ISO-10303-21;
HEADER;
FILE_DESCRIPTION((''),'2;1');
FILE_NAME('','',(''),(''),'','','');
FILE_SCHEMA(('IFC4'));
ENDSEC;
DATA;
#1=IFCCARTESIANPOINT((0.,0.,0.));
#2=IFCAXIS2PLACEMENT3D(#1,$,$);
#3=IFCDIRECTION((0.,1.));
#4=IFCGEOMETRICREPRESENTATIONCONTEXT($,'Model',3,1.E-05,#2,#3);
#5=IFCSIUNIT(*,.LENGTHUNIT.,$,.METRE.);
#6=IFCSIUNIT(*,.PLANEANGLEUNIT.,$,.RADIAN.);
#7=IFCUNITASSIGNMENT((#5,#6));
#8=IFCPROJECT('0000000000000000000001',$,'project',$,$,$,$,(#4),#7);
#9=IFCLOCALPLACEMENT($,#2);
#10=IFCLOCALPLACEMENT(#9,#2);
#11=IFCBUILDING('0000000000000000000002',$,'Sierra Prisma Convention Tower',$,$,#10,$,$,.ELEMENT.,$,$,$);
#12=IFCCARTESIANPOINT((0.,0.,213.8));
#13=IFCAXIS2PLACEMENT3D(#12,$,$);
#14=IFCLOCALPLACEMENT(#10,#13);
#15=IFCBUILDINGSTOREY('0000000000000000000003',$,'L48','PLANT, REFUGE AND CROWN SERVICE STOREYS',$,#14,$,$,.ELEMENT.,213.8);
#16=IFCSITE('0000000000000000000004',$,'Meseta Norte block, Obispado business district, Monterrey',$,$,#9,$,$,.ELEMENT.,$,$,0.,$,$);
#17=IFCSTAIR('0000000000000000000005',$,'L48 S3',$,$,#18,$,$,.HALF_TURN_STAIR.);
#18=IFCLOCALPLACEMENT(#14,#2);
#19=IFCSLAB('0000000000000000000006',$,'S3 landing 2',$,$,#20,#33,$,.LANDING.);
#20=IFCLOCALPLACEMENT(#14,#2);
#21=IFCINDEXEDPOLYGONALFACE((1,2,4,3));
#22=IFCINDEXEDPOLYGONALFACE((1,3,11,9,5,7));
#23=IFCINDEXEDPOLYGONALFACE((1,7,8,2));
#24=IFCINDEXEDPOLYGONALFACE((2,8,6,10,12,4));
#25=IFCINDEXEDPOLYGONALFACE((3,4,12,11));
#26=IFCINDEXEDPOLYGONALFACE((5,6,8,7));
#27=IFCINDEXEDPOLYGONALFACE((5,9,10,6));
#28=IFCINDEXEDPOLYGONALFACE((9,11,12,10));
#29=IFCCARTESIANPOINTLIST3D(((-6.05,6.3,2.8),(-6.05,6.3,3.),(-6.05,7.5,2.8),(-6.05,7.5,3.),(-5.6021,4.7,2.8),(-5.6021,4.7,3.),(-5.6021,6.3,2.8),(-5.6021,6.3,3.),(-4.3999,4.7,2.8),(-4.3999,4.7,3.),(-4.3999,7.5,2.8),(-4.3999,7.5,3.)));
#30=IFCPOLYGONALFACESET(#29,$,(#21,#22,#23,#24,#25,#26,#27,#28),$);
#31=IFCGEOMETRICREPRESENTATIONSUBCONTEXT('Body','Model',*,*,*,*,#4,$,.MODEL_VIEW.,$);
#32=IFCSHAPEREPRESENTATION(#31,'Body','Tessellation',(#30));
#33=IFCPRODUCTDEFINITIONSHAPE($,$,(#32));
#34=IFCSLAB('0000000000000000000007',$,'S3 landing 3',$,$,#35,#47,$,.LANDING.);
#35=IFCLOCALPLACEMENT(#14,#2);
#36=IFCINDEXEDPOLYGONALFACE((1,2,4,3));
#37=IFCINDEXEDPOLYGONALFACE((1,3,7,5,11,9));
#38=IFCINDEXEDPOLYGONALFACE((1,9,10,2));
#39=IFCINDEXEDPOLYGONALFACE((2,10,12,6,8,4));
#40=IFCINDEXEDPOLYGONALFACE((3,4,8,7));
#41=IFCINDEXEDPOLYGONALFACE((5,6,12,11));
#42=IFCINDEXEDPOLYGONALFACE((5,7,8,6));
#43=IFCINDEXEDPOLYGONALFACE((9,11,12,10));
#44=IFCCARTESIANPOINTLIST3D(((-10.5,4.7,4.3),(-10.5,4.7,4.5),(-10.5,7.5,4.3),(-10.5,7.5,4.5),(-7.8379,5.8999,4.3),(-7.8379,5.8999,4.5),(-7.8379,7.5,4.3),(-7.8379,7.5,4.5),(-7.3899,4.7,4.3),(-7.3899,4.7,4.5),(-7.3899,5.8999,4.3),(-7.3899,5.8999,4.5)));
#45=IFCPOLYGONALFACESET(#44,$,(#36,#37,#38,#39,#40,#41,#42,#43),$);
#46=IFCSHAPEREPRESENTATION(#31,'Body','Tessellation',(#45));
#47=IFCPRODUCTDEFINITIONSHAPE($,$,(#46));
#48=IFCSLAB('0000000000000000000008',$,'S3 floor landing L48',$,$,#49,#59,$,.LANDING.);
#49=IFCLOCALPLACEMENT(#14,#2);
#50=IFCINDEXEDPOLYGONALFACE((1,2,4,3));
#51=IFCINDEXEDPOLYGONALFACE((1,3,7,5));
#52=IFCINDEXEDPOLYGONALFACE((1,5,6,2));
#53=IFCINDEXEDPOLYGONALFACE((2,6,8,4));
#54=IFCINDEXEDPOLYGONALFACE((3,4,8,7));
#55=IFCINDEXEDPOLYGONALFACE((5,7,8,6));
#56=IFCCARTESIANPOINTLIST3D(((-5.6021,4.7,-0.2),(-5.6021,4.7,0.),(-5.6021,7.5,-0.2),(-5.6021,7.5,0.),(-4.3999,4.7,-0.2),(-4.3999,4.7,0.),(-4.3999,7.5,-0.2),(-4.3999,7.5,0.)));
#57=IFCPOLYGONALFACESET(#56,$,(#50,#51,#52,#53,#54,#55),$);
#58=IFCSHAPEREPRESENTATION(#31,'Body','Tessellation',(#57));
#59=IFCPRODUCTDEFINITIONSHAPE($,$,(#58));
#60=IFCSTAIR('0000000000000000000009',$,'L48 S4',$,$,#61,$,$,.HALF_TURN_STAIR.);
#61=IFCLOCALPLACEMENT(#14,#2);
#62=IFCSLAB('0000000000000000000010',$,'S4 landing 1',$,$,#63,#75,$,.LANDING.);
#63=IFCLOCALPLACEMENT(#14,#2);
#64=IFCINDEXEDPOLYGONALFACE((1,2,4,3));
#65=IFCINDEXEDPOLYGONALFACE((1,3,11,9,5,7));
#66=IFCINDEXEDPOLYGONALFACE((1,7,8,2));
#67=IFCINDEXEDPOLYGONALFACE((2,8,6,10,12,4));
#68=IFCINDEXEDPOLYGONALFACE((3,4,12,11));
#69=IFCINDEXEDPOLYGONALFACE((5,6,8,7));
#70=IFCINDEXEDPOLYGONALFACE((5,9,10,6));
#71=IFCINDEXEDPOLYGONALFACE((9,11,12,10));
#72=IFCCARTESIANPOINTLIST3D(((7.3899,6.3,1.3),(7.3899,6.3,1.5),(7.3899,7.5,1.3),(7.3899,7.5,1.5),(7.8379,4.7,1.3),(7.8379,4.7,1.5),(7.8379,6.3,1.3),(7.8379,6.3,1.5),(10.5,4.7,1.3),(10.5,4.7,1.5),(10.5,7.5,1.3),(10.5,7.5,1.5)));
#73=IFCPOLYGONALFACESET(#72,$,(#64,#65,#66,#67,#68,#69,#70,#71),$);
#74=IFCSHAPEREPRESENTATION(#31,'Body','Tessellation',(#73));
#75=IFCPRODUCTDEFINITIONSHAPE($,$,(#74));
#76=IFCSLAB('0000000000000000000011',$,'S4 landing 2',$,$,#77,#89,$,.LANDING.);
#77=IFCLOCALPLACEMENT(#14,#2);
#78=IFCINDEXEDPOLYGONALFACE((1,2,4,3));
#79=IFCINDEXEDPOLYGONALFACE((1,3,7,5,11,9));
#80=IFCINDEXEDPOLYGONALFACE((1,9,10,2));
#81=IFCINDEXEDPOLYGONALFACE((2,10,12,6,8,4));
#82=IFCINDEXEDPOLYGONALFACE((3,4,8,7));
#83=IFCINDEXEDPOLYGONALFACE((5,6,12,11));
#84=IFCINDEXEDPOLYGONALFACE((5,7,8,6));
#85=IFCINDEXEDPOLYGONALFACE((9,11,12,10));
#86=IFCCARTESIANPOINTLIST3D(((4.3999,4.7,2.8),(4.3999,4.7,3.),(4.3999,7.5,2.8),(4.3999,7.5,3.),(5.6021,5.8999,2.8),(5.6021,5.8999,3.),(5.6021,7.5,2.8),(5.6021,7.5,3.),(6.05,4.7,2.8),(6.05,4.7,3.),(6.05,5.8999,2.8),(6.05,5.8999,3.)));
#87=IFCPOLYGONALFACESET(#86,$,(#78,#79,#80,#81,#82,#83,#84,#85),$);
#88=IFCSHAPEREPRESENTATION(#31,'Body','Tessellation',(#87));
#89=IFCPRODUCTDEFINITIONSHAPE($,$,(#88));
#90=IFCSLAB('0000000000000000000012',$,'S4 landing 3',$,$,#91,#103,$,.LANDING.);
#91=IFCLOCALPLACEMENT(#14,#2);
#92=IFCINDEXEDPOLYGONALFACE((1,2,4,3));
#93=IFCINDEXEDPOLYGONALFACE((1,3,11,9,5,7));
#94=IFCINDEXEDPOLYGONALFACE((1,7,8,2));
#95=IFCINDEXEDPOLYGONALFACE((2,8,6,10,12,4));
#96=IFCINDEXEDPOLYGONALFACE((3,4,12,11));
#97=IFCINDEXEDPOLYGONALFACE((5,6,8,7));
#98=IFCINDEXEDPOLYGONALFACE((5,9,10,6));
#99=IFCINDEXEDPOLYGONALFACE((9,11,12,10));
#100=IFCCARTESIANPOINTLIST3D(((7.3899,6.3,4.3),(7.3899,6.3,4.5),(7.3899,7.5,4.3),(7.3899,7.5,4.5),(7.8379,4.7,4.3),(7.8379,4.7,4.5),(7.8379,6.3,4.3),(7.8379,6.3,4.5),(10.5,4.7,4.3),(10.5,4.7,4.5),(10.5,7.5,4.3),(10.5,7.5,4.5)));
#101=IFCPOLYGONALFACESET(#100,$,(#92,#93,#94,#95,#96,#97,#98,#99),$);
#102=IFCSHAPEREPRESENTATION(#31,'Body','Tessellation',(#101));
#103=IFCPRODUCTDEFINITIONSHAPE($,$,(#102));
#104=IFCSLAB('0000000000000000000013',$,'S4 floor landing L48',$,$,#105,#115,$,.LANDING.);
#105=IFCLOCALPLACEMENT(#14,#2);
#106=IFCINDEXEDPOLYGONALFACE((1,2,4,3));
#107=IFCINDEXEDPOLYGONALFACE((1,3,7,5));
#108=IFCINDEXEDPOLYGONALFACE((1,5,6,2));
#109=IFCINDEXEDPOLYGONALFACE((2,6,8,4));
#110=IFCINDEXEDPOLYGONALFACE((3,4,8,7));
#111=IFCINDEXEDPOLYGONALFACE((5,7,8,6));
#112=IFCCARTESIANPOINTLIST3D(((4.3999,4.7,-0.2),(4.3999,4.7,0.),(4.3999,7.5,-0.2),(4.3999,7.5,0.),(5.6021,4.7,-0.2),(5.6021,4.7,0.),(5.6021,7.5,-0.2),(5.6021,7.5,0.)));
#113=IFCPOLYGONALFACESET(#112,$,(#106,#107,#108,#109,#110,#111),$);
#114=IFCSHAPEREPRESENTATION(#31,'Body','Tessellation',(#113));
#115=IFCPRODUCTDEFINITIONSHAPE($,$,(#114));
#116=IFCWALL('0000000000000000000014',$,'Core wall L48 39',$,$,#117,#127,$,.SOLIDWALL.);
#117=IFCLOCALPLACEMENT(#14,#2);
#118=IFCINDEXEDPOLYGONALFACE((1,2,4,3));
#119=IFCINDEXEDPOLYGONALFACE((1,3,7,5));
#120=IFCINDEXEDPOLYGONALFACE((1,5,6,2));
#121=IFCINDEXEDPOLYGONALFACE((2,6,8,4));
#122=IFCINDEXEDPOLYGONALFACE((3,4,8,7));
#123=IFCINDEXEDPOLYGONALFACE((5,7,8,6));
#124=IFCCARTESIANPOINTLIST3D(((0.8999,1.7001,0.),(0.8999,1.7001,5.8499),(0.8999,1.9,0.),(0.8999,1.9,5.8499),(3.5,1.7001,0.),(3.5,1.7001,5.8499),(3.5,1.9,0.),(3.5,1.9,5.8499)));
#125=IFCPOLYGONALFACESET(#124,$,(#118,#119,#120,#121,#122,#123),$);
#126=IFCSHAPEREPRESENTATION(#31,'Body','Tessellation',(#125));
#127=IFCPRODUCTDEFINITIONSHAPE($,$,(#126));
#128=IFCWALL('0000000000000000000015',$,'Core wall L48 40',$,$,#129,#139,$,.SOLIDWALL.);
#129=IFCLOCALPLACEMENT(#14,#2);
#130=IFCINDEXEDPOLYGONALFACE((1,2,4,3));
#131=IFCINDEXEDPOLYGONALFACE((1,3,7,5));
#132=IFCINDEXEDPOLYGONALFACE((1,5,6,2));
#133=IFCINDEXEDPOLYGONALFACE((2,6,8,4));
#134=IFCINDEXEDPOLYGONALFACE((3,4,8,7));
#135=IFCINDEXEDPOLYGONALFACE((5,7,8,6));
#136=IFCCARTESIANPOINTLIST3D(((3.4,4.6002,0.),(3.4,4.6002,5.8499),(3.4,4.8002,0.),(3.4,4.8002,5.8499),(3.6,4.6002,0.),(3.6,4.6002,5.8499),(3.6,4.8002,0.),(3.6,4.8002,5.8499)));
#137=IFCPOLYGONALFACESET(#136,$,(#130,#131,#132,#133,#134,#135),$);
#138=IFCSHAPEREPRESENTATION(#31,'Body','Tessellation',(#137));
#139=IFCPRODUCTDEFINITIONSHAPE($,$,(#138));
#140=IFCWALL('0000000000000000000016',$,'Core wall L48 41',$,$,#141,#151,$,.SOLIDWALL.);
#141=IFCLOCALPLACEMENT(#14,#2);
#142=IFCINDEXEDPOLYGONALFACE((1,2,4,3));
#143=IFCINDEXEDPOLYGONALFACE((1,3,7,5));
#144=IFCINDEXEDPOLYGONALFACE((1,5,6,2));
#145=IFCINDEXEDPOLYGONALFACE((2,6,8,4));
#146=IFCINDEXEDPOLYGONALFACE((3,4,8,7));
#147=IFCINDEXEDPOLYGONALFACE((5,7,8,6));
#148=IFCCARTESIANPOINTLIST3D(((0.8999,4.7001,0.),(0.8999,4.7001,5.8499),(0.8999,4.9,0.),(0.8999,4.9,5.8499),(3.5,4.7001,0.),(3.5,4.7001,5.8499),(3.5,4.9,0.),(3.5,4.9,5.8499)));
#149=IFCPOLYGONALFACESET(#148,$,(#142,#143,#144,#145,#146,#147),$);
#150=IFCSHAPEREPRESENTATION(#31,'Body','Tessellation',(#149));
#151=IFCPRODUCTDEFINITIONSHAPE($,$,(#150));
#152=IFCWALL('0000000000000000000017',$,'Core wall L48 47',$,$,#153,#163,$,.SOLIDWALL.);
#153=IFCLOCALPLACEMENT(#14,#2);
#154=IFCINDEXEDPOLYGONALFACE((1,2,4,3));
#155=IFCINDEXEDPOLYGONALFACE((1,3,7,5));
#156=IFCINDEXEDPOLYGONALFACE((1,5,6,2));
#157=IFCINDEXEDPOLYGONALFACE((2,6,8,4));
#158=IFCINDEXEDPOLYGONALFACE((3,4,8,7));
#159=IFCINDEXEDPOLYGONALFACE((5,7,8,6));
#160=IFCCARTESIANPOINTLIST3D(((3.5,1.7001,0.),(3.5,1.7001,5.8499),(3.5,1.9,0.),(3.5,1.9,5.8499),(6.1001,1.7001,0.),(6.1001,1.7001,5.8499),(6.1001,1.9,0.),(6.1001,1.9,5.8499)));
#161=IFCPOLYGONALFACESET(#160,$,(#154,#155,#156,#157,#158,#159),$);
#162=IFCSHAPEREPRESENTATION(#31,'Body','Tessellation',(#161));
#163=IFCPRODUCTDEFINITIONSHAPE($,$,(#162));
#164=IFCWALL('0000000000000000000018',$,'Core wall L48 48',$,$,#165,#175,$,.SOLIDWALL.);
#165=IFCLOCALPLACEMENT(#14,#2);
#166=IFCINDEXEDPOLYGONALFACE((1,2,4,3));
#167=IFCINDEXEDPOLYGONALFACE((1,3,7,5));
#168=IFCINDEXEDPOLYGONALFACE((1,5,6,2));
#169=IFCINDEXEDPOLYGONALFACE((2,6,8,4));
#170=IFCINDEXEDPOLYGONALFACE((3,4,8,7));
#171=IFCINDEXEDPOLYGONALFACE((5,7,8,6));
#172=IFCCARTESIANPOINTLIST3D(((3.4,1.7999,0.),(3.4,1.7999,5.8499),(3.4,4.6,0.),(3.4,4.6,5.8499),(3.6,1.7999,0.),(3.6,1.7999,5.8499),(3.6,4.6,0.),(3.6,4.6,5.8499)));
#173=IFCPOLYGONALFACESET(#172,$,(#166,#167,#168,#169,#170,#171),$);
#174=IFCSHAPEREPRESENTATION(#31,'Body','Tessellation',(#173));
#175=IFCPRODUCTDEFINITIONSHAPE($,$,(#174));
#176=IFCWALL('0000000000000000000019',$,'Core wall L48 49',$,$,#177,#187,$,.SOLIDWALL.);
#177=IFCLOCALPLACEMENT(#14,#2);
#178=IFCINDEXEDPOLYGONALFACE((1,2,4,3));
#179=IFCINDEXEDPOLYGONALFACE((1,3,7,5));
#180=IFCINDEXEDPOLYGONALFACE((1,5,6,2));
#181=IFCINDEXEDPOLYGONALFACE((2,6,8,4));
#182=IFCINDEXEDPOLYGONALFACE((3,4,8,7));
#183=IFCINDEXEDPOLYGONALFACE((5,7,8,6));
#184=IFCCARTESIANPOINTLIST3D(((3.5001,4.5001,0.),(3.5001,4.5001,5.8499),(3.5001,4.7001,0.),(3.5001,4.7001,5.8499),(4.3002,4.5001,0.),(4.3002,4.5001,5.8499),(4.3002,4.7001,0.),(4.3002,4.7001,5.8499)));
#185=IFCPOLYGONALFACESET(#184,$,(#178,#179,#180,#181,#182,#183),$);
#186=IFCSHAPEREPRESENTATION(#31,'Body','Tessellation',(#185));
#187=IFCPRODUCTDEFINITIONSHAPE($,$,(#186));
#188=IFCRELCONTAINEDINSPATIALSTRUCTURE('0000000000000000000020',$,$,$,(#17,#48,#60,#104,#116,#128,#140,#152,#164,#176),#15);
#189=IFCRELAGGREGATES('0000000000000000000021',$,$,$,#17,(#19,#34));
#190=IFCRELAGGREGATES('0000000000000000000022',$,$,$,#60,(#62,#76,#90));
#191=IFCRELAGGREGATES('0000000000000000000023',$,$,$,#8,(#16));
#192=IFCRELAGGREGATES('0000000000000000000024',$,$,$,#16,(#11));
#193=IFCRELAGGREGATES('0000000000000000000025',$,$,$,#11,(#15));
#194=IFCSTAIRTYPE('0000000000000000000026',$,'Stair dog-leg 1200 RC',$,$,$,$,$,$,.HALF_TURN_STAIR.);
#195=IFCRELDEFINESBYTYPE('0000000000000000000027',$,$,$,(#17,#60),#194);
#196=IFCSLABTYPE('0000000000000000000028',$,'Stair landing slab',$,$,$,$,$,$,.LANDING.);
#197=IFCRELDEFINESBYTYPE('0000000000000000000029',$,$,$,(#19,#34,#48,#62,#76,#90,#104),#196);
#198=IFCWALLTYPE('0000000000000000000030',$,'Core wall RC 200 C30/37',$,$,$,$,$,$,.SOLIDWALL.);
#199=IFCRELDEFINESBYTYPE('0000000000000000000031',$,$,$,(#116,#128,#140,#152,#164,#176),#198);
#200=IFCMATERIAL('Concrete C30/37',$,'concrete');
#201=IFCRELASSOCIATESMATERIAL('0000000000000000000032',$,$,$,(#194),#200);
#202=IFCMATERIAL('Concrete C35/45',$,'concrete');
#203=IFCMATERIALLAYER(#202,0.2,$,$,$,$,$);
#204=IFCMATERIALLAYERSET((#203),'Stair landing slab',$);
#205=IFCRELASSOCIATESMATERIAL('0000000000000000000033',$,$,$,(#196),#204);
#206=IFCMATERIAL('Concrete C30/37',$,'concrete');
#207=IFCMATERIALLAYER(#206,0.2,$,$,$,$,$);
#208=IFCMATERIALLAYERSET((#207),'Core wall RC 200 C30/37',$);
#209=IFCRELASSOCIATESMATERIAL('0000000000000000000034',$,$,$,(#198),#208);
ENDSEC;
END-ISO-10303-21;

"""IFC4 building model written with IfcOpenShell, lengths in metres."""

from ifc_helpers import new_model, si_unit, direction, frame, frame_2d, origin, place, context, subcontext, project, spatial, polyline, rectangle, outline, extrude, material, layer, layer_set, type_object, element, aggregate, save


model = new_model("IFC4")

# Units and contexts
model_context = context("Model", 3, precision=1e-05, world=origin(), true_north=direction((0.0, 1.0)))
body_context = subcontext(model_context, "Body", "Model", "MODEL_VIEW")
ifc_project = project(units=[si_unit("LENGTHUNIT", "METRE"), si_unit("PLANEANGLEUNIT", "RADIAN")], contexts=[model_context])

# Site, building, storey
site_placement = place(None, origin())
site = spatial("IfcSite", under=ifc_project, at=site_placement, Name="Meseta Norte block, Obispado business district, Monterrey", CompositionType="ELEMENT", RefElevation=0.0)
building_placement = place(site_placement, origin())
building = spatial("IfcBuilding", under=site, at=building_placement, Name="Sierra Prisma Convention Tower", CompositionType="ELEMENT")
storey_placement = place(building_placement, frame((0.0, 0.0, 213.8)))
storey = spatial("IfcBuildingStorey", under=building, at=storey_placement, Name="L48", Description="PLANT, REFUGE AND CROWN SERVICE STOREYS", CompositionType="ELEMENT", Elevation=213.8)

# Stair, slabs
ifc_material_1 = material(Name="Concrete C30/37", Category="concrete")
stair_type = type_object("IfcStairType", Name="Stair dog-leg 1200 RC", PredefinedType="HALF_TURN_STAIR", material=ifc_material_1)
stair_1_placement = place(storey_placement, origin())
stair_1 = element("IfcStair", 1, at=stair_1_placement, inside=storey, type_object=stair_type, Name="L48 S3", PredefinedType="HALF_TURN_STAIR")
ifc_material_2 = material(Name="Concrete C35/45", Category="concrete")
ifc_layer_1 = layer(ifc_material_2, 0.2)
ifc_layer_set_1 = layer_set([ifc_layer_1], Name="Stair landing slab")
slab_type = type_object("IfcSlabType", Name="Stair landing slab", PredefinedType="LANDING", material=ifc_layer_set_1)
slab_1_placement = place(storey_placement, frame((0.0, 0.0, 2.8)))
slab_1 = element("IfcSlab", 2, at=slab_1_placement, type_object=slab_type, Name="S3 landing 2", PredefinedType="LANDING", context=body_context, shape_type="SweptSolid", body=[
    extrude(outline(polyline([(-4.3999, 7.5), (-4.3999, 4.7), (-5.6021, 4.7), (-5.6021, 6.3), (-6.05, 6.3), (-6.05, 7.5), (-4.3999, 7.5)])), origin(), (0.0, 0.0, 1.0), 0.2),
])
slab_2_placement = place(storey_placement, frame((0.0, 0.0, 4.3)))
slab_2 = element("IfcSlab", 3, at=slab_2_placement, type_object=slab_type, Name="S3 landing 3", PredefinedType="LANDING", context=body_context, shape_type="SweptSolid", body=[
    extrude(outline(polyline([(-7.3899, 5.8999), (-7.3899, 4.7), (-10.5, 4.7), (-10.5, 7.5), (-7.8379, 7.5), (-7.8379, 5.8999), (-7.3899, 5.8999)])), origin(), (0.0, 0.0, 1.0), 0.2),
])
aggregate(stair_1, [slab_1, slab_2])

# Slab
slab_3_placement = place(storey_placement, frame((0.0, 0.0, -0.2)))
element("IfcSlab", 4, at=slab_3_placement, inside=storey, type_object=slab_type, Name="S3 floor landing L48", PredefinedType="LANDING", context=body_context, shape_type="SweptSolid", body=[
    extrude(outline(polyline([(-4.3999, 7.5), (-5.6021, 7.5), (-5.6021, 4.7), (-4.3999, 4.7), (-4.3999, 7.5)])), origin(), (0.0, 0.0, 1.0), 0.2),
])

# Stair, slabs
stair_2_placement = place(storey_placement, origin())
stair_2 = element("IfcStair", 5, at=stair_2_placement, inside=storey, type_object=stair_type, Name="L48 S4", PredefinedType="HALF_TURN_STAIR")
slab_4_placement = place(storey_placement, frame((0.0, 0.0, 1.3)))
slab_4 = element("IfcSlab", 6, at=slab_4_placement, type_object=slab_type, Name="S4 landing 1", PredefinedType="LANDING", context=body_context, shape_type="SweptSolid", body=[
    extrude(outline(polyline([(10.5, 7.5), (10.5, 4.7), (7.8379, 4.7), (7.8379, 6.3), (7.3899, 6.3), (7.3899, 7.5), (10.5, 7.5)])), origin(), (0.0, 0.0, 1.0), 0.2),
])
slab_5_placement = place(storey_placement, frame((0.0, 0.0, 2.8)))
slab_5 = element("IfcSlab", 7, at=slab_5_placement, type_object=slab_type, Name="S4 landing 2", PredefinedType="LANDING", context=body_context, shape_type="SweptSolid", body=[
    extrude(outline(polyline([(4.3999, 4.7), (4.3999, 7.5), (5.6021, 7.5), (5.6021, 5.8999), (6.05, 5.8999), (6.05, 4.7), (4.3999, 4.7)])), origin(), (0.0, 0.0, 1.0), 0.2),
])
slab_6_placement = place(storey_placement, frame((0.0, 0.0, 4.3)))
slab_6 = element("IfcSlab", 8, at=slab_6_placement, type_object=slab_type, Name="S4 landing 3", PredefinedType="LANDING", context=body_context, shape_type="SweptSolid", body=[
    extrude(outline(polyline([(10.5, 7.5), (10.5, 4.7), (7.8379, 4.7), (7.8379, 6.3), (7.3899, 6.3), (7.3899, 7.5), (10.5, 7.5)])), origin(), (0.0, 0.0, 1.0), 0.2),
])

# Slab
slab_7_placement = place(storey_placement, frame((0.0, 0.0, -0.2)))
element("IfcSlab", 9, at=slab_7_placement, inside=storey, type_object=slab_type, Name="S4 floor landing L48", PredefinedType="LANDING", context=body_context, shape_type="SweptSolid", body=[
    extrude(outline(polyline([(4.3999, 4.7), (5.6021, 4.7), (5.6021, 7.5), (4.3999, 7.5), (4.3999, 4.7)])), origin(), (0.0, 0.0, 1.0), 0.2),
])

# Shared definitions
ifc_material_3 = material(Name="Concrete C30/37", Category="concrete")
ifc_layer_2 = layer(ifc_material_3, 0.2)
ifc_layer_set_2 = layer_set([ifc_layer_2], Name="Core wall RC 200 C30/37")
wall_type = type_object("IfcWallType", Name="Core wall RC 200 C30/37", PredefinedType="SOLIDWALL", material=ifc_layer_set_2)

# Walls
wall_1_placement = place(storey_placement, frame((3.5, 1.8, 0.0), z_axis=(0.0, 0.0, 1.0), x_axis=(-1.0, 0.0, 0.0)))
element("IfcWall", 10, at=wall_1_placement, inside=storey, type_object=wall_type, Name="Core wall L48 39", PredefinedType="SOLIDWALL", context=body_context, shape_type="SweptSolid", body=[
    extrude(rectangle(XDim=2.6001, YDim=0.2, at=frame_2d((1.3, 0.0))), origin(), (0.0, 0.0, 1.0), 5.8499),
])
wall_2_placement = place(storey_placement, frame((3.5, 4.6001, 0.0), z_axis=(0.0, 0.0, 1.0), x_axis=(0.0, 1.0, 0.0)))
element("IfcWall", 11, at=wall_2_placement, inside=storey, type_object=wall_type, Name="Core wall L48 40", PredefinedType="SOLIDWALL", context=body_context, shape_type="SweptSolid", body=[
    extrude(rectangle(XDim=0.2, YDim=0.2, at=frame_2d((0.1001, 0.0))), origin(), (0.0, 0.0, 1.0), 5.8499),
])
wall_3_placement = place(storey_placement, frame((3.5, 4.8, 0.0), z_axis=(0.0, 0.0, 1.0), x_axis=(-1.0, 0.0, 0.0)))
element("IfcWall", 12, at=wall_3_placement, inside=storey, type_object=wall_type, Name="Core wall L48 41", PredefinedType="SOLIDWALL", context=body_context, shape_type="SweptSolid", body=[
    extrude(rectangle(XDim=2.6001, YDim=0.2, at=frame_2d((1.3, 0.0))), origin(), (0.0, 0.0, 1.0), 5.8499),
])

# Walls
wall_4_placement = place(storey_placement, frame((6.1001, 1.8, 0.0), z_axis=(0.0, 0.0, 1.0), x_axis=(-1.0, 0.0, 0.0)))
element("IfcWall", 13, at=wall_4_placement, inside=storey, type_object=wall_type, Name="Core wall L48 47", PredefinedType="SOLIDWALL", context=body_context, shape_type="SweptSolid", body=[
    extrude(rectangle(XDim=2.6001, YDim=0.2, at=frame_2d((1.3, 0.0))), origin(), (0.0, 0.0, 1.0), 5.8499),
])
wall_5_placement = place(storey_placement, frame((3.5, 1.8, 0.0), z_axis=(0.0, 0.0, 1.0), x_axis=(0.0, 1.0, 0.0)))
element("IfcWall", 14, at=wall_5_placement, inside=storey, type_object=wall_type, Name="Core wall L48 48", PredefinedType="SOLIDWALL", context=body_context, shape_type="SweptSolid", body=[
    extrude(rectangle(XDim=2.8, YDim=0.2, at=frame_2d((1.3999, 0.0))), origin(), (0.0, 0.0, 1.0), 5.8499),
])
wall_6_placement = place(storey_placement, frame((4.3, 4.6001, 0.0), z_axis=(0.0, 0.0, 1.0), x_axis=(-1.0, 0.0, 0.0)))
element("IfcWall", 15, at=wall_6_placement, inside=storey, type_object=wall_type, Name="Core wall L48 49", PredefinedType="SOLIDWALL", context=body_context, shape_type="SweptSolid", body=[
    extrude(rectangle(XDim=0.8, YDim=0.2, at=frame_2d((0.3999, 0.0))), origin(), (0.0, 0.0, 1.0), 5.8499),
])

aggregate(stair_2, [slab_4, slab_5, slab_6])

save(model, "model.ifc")
